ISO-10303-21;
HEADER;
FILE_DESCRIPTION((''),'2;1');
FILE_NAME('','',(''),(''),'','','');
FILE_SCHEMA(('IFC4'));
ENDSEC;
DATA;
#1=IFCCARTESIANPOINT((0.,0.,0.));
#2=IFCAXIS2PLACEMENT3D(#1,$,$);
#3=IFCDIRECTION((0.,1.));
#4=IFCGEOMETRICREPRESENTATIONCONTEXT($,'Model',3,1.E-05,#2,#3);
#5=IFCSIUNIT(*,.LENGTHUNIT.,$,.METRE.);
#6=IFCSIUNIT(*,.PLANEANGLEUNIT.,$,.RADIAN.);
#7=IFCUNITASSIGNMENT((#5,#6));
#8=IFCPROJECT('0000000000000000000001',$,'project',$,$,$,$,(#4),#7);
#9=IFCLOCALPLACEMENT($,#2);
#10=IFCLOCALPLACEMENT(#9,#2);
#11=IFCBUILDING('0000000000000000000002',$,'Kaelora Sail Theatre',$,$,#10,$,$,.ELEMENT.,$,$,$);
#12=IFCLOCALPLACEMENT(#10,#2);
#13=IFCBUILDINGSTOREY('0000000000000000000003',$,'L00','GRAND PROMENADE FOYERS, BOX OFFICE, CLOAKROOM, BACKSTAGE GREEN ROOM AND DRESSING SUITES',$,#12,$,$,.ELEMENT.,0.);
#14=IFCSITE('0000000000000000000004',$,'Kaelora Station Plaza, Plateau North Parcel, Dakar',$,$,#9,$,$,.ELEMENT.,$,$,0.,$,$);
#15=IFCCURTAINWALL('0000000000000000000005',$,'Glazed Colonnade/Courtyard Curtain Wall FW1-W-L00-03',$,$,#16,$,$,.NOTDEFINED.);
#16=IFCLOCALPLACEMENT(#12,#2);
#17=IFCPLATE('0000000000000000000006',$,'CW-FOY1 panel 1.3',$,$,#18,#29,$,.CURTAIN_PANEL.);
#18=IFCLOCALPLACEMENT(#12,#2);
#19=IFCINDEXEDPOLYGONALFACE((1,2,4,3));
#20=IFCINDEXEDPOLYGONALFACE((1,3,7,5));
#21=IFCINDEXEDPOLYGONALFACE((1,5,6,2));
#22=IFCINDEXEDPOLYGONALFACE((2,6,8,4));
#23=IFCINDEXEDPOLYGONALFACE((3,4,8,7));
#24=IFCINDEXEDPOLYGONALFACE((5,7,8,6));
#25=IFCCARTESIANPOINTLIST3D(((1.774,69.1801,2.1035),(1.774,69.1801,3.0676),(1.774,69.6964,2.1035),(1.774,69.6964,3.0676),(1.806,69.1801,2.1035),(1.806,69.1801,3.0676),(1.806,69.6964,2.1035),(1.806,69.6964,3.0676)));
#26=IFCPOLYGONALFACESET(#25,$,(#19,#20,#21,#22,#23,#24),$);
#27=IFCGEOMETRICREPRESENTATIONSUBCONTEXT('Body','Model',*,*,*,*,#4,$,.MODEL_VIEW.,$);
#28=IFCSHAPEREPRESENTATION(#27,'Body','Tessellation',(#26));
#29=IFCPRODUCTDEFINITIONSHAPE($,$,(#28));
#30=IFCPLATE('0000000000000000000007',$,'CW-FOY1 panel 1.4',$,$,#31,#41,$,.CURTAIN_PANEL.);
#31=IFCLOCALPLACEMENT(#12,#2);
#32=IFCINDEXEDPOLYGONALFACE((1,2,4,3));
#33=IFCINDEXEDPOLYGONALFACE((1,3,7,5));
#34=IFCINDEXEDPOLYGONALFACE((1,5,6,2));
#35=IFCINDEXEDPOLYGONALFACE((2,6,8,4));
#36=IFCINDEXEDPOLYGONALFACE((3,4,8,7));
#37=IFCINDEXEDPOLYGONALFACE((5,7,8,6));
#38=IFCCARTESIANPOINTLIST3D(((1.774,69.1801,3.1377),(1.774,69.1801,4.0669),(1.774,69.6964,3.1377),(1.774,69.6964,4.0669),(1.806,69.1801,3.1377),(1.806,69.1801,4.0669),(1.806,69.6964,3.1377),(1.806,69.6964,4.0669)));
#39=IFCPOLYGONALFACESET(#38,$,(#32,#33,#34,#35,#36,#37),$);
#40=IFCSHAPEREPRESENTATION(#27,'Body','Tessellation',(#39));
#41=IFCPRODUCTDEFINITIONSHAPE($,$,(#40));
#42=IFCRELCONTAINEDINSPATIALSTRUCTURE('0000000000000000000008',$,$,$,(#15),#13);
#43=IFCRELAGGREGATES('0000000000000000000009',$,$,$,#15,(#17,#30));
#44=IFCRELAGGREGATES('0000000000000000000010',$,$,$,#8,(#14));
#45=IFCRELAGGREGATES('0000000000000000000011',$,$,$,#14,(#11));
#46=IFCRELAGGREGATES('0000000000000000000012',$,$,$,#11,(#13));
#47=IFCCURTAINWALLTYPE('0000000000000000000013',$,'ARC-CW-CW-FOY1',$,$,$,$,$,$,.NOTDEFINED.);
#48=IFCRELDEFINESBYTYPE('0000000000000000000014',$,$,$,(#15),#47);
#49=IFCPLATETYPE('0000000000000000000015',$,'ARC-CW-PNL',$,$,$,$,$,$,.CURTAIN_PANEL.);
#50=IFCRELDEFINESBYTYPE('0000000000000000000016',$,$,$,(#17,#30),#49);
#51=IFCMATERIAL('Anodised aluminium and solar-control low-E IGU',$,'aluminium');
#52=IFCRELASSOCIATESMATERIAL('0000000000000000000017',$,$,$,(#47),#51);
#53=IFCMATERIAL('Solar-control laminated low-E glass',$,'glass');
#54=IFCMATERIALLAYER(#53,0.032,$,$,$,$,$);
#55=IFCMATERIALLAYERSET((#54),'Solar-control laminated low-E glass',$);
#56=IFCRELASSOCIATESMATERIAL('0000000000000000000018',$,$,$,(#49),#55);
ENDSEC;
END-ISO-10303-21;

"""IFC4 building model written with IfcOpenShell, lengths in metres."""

from ifc_helpers import new_model, si_unit, direction, frame, origin, origin_2d, place, context, subcontext, project, spatial, rectangle, extrude, material, layer, layer_set, type_object, element, aggregate, save


model = new_model("IFC4")

# Units and contexts
model_context = context("Model", 3, precision=1e-05, world=origin(), true_north=direction((0.0, 1.0)))
body_context = subcontext(model_context, "Body", "Model", "MODEL_VIEW")
ifc_project = project(units=[si_unit("LENGTHUNIT", "METRE"), si_unit("PLANEANGLEUNIT", "RADIAN")], contexts=[model_context])

# Site, building, storey
site_placement = place(None, origin())
site = spatial("IfcSite", under=ifc_project, at=site_placement, Name="Kaelora Station Plaza, Plateau North Parcel, Dakar", CompositionType="ELEMENT", RefElevation=0.0)
building_placement = place(site_placement, origin())
building = spatial("IfcBuilding", under=site, at=building_placement, Name="Kaelora Sail Theatre", CompositionType="ELEMENT")
storey_placement = place(building_placement, origin())
storey = spatial("IfcBuildingStorey", under=building, at=storey_placement, Name="L00", Description="GRAND PROMENADE FOYERS, BOX OFFICE, CLOAKROOM, BACKSTAGE GREEN ROOM AND DRESSING SUITES", CompositionType="ELEMENT", Elevation=0.0)

# Shared definitions
ifc_material_1 = material(Name="Anodised aluminium and solar-control low-E IGU", Category="aluminium")
curtain_wall_type = type_object("IfcCurtainWallType", Name="ARC-CW-CW-FOY1", PredefinedType="NOTDEFINED", material=ifc_material_1)

# Curtain wall
curtain_wall_1_placement = place(storey_placement, origin())
curtain_wall_1 = element("IfcCurtainWall", 1, at=curtain_wall_1_placement, inside=storey, type_object=curtain_wall_type, Name="Glazed Colonnade/Courtyard Curtain Wall FW1-W-L00-03", PredefinedType="NOTDEFINED")

# Plates
ifc_material_2 = material(Name="Solar-control laminated low-E glass", Category="glass")
ifc_layer = layer(ifc_material_2, 0.032)
ifc_layer_set = layer_set([ifc_layer], Name="Solar-control laminated low-E glass")
plate_type = type_object("IfcPlateType", Name="ARC-CW-PNL", PredefinedType="CURTAIN_PANEL", material=ifc_layer_set)
plate_1_placement = place(storey_placement, frame((1.79, 69.4382, 2.1035), z_axis=(0.0, 0.0, 1.0), x_axis=(0.0, 1.0, 0.0)))
plate_1 = element("IfcPlate", 2, at=plate_1_placement, type_object=plate_type, Name="CW-FOY1 panel 1.3", PredefinedType="CURTAIN_PANEL", context=body_context, shape_type="SweptSolid", body=[
    extrude(rectangle(XDim=0.5164, YDim=0.032, at=origin_2d()), origin(), (0.0, 0.0, 1.0), 0.9641),
])
plate_2_placement = place(storey_placement, frame((1.79, 69.4382, 3.1377), z_axis=(0.0, 0.0, 1.0), x_axis=(0.0, 1.0, 0.0)))
plate_2 = element("IfcPlate", 3, at=plate_2_placement, type_object=plate_type, Name="CW-FOY1 panel 1.4", PredefinedType="CURTAIN_PANEL", context=body_context, shape_type="SweptSolid", body=[
    extrude(rectangle(XDim=0.5164, YDim=0.032, at=origin_2d()), origin(), (0.0, 0.0, 1.0), 0.9292),
])
aggregate(curtain_wall_1, [plate_1, plate_2])

save(model, "model.ifc")
